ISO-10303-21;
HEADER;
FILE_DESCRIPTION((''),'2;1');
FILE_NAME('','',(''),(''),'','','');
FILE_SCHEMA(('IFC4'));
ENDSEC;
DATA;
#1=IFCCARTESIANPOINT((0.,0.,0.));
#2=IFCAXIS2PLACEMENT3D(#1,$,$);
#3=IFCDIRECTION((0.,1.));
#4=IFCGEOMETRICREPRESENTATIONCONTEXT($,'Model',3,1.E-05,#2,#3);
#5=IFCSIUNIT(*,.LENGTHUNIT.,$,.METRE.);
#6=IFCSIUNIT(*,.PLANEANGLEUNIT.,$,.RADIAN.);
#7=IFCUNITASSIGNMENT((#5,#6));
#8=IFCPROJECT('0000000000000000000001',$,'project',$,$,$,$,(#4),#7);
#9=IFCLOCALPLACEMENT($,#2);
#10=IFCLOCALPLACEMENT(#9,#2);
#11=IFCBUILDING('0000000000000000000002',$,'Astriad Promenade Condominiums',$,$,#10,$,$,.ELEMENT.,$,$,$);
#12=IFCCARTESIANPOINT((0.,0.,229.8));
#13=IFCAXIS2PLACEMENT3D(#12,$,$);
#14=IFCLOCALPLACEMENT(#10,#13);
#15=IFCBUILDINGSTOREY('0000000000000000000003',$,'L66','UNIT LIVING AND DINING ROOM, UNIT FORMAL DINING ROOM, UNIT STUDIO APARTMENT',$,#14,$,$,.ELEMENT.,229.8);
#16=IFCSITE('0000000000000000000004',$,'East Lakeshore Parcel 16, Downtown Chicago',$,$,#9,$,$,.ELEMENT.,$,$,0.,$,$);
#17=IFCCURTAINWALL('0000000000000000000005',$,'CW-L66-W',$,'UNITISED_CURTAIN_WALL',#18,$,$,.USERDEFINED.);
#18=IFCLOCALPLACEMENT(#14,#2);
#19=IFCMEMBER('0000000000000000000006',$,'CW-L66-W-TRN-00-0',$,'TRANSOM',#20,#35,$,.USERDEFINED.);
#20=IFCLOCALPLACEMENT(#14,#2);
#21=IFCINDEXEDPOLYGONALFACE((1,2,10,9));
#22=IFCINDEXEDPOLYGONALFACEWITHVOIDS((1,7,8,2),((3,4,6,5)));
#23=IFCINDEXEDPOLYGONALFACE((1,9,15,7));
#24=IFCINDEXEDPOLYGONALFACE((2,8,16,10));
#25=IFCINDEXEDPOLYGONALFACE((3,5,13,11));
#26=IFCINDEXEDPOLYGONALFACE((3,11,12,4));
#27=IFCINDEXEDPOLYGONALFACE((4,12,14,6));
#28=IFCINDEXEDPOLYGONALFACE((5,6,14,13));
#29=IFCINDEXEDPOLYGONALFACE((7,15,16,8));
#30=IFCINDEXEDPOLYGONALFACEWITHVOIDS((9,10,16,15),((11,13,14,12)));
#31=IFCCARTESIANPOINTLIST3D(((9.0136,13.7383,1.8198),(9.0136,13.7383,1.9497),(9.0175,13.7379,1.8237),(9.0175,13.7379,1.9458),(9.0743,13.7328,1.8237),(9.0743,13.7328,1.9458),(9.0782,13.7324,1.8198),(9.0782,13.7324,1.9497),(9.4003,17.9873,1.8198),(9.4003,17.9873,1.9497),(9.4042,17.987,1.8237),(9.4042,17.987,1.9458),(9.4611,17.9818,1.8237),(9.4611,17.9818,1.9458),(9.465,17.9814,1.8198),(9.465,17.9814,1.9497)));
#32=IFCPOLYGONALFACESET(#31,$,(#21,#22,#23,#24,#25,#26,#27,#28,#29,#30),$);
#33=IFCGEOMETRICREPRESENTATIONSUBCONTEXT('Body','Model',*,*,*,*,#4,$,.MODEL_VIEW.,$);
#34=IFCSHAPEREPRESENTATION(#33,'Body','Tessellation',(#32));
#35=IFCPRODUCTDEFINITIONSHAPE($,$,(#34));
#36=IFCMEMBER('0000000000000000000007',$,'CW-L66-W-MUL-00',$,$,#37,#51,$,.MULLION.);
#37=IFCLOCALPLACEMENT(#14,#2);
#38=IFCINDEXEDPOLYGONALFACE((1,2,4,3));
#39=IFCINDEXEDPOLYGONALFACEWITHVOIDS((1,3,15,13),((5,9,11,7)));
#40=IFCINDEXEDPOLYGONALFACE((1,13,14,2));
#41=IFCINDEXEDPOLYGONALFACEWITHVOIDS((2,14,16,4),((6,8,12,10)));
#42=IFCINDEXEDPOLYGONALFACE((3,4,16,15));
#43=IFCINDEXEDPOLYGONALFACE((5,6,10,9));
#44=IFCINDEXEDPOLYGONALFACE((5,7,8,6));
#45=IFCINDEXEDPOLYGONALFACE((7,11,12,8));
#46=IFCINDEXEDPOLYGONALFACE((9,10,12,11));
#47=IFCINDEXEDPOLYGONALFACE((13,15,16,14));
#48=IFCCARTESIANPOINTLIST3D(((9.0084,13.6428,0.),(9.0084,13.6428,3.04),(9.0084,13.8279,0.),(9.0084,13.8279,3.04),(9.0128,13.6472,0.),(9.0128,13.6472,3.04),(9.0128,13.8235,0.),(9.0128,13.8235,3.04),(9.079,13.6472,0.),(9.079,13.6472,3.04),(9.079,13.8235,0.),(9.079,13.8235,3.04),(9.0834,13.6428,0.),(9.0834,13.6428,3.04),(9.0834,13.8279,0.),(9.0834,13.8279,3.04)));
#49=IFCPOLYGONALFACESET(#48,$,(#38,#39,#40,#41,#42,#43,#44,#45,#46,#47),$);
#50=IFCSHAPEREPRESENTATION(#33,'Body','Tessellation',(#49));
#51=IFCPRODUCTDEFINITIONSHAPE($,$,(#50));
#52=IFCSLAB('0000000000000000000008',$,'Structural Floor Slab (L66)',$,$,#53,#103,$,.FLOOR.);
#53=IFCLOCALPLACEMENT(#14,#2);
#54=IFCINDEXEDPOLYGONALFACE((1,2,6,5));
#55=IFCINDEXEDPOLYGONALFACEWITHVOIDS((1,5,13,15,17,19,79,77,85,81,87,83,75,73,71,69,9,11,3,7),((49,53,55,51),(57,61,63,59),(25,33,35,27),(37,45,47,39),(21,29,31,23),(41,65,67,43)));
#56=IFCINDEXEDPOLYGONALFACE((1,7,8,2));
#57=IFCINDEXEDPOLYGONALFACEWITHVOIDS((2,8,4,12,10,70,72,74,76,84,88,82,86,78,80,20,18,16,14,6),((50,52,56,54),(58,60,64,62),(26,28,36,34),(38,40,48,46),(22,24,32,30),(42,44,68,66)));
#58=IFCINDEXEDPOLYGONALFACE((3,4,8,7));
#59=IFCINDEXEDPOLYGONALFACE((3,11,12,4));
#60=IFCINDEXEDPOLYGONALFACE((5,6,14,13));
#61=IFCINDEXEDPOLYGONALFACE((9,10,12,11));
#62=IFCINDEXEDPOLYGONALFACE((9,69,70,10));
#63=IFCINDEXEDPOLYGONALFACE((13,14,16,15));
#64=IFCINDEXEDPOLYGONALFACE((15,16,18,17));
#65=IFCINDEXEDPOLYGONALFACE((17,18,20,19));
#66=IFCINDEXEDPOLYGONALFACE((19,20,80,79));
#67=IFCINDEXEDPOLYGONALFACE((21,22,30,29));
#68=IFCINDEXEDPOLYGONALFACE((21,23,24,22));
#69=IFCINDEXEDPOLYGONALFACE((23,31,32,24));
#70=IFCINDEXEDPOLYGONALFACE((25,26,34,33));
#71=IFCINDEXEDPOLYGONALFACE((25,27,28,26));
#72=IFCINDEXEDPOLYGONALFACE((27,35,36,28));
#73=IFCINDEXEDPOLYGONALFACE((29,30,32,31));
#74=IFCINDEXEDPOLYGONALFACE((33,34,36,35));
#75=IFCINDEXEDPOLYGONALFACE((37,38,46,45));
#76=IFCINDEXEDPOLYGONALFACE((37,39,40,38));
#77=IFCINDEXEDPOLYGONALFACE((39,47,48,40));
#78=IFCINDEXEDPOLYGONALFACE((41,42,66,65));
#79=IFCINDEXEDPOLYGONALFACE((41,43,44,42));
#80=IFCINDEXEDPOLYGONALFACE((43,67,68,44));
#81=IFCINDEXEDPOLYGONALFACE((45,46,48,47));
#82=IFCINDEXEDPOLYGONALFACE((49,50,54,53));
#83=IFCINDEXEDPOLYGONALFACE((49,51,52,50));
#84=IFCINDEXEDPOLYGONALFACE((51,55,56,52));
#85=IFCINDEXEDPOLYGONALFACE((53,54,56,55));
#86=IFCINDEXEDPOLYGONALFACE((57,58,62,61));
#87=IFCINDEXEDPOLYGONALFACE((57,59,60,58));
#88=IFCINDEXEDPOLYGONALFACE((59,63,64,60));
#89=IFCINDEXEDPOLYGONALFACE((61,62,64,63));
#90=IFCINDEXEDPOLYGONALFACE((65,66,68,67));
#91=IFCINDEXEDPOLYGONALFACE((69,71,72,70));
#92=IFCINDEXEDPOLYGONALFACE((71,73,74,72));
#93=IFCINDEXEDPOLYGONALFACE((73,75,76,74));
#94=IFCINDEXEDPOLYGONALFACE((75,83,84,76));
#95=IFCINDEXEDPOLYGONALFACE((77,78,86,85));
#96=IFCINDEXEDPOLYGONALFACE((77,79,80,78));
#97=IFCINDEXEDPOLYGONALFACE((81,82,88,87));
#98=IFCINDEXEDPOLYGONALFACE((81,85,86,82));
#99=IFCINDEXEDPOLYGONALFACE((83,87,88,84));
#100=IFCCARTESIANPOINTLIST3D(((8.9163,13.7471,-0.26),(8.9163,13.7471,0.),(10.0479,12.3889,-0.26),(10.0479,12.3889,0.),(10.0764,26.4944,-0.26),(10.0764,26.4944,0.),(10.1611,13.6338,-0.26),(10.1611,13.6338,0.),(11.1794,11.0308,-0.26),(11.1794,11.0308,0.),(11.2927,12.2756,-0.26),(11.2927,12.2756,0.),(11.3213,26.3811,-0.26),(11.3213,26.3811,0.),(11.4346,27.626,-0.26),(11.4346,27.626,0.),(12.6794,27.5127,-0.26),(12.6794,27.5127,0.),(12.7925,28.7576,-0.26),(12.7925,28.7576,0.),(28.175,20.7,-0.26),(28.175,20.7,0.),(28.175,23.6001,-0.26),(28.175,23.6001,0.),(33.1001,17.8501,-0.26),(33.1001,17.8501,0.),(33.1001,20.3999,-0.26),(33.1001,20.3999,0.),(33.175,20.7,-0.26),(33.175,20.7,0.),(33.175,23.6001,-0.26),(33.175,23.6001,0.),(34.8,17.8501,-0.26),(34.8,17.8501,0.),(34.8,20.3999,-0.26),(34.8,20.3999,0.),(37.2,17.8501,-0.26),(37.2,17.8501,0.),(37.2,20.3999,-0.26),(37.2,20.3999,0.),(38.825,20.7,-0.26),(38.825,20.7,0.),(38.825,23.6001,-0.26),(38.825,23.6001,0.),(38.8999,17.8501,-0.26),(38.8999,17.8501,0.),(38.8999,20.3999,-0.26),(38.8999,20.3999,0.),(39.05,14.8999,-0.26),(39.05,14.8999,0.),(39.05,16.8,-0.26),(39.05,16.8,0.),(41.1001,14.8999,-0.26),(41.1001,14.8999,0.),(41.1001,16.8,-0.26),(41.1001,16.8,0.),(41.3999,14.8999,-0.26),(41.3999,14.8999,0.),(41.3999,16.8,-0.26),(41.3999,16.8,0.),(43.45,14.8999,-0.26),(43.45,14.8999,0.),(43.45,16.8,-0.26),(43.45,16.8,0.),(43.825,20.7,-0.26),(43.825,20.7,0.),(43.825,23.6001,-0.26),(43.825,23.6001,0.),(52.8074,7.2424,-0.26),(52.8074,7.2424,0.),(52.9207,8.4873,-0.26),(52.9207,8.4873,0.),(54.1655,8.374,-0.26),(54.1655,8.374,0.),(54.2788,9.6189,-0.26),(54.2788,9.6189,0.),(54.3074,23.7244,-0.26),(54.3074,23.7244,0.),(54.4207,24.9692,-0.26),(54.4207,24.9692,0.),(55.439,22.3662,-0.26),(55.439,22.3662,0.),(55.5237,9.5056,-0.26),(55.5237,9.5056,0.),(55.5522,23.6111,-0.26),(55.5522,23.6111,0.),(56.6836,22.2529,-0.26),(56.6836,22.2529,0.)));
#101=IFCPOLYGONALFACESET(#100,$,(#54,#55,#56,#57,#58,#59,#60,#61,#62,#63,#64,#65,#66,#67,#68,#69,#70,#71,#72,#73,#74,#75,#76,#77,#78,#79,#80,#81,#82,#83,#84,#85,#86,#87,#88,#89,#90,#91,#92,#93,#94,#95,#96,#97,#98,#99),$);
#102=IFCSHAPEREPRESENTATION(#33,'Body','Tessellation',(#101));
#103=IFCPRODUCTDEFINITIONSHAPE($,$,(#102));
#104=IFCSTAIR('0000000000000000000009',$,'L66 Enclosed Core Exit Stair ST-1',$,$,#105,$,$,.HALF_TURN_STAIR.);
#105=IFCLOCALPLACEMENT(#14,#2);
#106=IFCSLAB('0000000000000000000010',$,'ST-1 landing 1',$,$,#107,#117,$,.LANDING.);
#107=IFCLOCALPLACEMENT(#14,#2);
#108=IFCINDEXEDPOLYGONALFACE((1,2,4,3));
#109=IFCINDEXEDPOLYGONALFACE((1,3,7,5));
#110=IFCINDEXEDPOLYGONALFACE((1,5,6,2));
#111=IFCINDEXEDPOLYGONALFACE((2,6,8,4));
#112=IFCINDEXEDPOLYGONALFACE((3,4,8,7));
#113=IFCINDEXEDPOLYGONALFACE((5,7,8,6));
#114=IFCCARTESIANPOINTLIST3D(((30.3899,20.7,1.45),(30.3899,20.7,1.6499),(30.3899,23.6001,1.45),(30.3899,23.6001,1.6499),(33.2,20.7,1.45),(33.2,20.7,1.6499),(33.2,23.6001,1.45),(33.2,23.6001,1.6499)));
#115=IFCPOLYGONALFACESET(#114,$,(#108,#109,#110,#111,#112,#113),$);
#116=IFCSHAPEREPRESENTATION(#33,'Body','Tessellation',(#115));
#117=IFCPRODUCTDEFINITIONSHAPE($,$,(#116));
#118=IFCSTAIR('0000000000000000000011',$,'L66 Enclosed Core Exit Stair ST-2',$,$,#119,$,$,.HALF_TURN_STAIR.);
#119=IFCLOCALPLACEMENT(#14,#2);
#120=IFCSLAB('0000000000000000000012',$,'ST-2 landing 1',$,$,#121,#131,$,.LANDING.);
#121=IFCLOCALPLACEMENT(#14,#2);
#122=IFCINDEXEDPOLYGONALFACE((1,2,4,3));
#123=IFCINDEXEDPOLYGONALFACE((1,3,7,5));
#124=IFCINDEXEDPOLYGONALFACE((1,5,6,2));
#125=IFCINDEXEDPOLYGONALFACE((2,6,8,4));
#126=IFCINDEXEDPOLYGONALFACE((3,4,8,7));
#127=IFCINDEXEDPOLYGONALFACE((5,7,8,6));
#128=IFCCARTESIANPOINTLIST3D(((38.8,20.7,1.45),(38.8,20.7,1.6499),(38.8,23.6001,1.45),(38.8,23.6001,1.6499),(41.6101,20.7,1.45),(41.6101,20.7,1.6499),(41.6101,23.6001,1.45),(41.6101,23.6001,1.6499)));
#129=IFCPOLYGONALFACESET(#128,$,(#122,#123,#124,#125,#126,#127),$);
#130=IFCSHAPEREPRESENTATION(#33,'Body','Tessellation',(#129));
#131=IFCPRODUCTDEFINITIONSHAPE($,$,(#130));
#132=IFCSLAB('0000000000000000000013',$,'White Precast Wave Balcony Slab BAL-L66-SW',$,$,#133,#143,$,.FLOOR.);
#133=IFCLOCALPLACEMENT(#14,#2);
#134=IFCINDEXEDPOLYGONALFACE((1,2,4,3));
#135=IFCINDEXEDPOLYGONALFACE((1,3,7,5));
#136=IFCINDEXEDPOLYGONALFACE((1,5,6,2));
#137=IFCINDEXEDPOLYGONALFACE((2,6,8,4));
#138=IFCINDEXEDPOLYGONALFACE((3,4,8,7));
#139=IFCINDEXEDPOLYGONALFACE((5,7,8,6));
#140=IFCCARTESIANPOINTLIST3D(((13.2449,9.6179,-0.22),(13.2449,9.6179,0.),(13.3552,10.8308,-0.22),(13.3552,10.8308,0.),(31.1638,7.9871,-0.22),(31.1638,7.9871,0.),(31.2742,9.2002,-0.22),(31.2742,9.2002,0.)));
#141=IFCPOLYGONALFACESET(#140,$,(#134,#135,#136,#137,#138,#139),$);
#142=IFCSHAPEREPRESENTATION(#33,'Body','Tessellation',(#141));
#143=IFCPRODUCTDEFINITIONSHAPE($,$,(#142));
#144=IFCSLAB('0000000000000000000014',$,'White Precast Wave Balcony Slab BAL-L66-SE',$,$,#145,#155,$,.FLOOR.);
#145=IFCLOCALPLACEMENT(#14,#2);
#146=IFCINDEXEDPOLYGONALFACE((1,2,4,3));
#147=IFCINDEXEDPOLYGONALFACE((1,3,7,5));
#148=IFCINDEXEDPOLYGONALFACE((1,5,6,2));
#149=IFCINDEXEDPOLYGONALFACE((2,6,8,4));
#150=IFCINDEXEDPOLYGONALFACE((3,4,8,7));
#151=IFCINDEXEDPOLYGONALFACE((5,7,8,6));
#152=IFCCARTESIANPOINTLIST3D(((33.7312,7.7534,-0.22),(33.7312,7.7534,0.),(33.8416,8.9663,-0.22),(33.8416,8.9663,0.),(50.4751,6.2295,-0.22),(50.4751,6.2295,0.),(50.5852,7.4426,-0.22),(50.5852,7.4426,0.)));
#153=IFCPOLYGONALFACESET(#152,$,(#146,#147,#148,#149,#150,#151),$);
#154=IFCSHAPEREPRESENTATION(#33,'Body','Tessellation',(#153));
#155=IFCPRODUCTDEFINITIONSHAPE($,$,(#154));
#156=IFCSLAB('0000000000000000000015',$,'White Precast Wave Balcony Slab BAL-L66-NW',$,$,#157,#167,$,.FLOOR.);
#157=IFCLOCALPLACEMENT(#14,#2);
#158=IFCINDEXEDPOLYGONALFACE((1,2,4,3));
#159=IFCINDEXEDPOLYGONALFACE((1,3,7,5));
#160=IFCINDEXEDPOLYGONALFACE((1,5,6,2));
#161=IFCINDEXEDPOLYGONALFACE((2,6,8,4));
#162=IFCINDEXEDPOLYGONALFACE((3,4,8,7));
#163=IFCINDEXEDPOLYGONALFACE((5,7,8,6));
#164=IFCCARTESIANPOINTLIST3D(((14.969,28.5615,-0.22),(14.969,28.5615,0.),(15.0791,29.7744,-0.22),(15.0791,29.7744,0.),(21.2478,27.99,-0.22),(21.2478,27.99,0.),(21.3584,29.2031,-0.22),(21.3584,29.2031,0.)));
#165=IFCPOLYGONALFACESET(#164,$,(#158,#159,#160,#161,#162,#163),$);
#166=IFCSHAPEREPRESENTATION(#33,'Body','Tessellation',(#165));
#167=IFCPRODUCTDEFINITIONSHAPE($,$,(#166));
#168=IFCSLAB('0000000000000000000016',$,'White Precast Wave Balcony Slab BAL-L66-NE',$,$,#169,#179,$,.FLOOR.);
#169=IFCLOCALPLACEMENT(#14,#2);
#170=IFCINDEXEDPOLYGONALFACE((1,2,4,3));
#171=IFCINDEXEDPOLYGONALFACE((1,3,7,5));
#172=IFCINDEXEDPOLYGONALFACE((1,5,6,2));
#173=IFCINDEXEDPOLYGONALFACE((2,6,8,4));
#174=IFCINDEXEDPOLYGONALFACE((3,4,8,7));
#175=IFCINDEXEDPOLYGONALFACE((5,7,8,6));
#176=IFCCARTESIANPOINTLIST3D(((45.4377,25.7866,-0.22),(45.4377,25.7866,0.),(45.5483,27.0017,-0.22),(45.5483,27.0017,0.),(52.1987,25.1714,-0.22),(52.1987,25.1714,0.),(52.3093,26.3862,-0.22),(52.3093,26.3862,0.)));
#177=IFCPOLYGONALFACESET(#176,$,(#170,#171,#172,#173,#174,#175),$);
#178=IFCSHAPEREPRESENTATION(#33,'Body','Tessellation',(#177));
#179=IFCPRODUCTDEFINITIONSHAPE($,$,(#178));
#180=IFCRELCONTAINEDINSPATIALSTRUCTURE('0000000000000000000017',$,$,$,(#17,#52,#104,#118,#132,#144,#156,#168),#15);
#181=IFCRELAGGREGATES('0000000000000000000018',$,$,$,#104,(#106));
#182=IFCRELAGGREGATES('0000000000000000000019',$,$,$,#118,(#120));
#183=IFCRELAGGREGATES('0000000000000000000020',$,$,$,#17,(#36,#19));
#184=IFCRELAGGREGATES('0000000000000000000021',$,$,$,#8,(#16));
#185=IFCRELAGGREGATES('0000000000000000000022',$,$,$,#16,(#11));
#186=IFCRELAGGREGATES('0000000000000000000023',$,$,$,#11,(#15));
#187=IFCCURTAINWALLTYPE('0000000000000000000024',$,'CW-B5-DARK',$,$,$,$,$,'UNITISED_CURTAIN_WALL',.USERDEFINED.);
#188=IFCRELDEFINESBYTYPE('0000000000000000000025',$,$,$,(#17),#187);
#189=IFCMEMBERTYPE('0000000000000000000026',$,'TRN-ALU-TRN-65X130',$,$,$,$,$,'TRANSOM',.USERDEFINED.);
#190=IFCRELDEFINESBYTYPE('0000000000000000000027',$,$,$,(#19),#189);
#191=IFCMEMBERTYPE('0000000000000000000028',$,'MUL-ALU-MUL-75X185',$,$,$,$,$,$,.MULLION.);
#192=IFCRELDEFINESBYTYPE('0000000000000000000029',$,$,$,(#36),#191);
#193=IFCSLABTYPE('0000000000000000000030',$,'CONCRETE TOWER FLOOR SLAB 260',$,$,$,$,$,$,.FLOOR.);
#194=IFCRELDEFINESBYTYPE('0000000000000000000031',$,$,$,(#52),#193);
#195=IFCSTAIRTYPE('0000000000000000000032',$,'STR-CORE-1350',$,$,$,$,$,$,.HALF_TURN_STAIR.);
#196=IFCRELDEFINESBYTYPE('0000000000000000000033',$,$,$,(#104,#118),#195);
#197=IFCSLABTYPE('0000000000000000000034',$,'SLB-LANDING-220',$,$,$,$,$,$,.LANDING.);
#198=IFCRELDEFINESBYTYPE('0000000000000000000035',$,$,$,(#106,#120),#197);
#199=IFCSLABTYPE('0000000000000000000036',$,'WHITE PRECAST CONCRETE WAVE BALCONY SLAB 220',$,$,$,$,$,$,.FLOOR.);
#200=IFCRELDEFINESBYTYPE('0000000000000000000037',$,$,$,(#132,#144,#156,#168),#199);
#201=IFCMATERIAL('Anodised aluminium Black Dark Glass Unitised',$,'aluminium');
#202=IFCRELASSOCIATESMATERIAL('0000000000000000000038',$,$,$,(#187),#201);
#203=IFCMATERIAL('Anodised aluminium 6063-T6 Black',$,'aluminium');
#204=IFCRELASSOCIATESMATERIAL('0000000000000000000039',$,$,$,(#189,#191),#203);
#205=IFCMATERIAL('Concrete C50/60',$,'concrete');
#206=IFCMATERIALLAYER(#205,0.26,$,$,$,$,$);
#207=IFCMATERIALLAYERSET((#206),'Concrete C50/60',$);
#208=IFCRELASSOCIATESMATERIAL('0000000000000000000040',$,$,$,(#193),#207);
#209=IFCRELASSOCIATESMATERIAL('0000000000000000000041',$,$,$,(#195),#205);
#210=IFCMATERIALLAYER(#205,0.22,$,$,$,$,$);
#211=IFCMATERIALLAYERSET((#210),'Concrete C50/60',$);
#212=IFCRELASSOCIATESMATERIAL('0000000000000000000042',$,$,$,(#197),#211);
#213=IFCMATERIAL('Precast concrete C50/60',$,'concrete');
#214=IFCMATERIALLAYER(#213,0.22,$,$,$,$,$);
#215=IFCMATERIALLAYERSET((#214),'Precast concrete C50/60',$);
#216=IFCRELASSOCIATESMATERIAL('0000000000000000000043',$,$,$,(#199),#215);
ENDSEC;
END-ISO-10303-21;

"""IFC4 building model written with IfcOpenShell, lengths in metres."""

from ifc_helpers import new_model, si_unit, direction, frame, origin, origin_2d, place, context, subcontext, project, spatial, polyline, hollow_rectangle, outline, extrude, source, transform, mapped, material, layer, layer_set, material_profile, profile_set, type_object, type_shapes, element, aggregate, save


model = new_model("IFC4")

# Units and contexts
model_context = context("Model", 3, precision=1e-05, world=origin(), true_north=direction((0.0, 1.0)))
body_context = subcontext(model_context, "Body", "Model", "MODEL_VIEW")
ifc_project = project(units=[si_unit("LENGTHUNIT", "METRE"), si_unit("PLANEANGLEUNIT", "RADIAN")], contexts=[model_context])

# Site, building, storey
site_placement = place(None, origin())
site = spatial("IfcSite", under=ifc_project, at=site_placement, Name="East Lakeshore Parcel 16, Downtown Chicago", CompositionType="ELEMENT", RefElevation=0.0)
building_placement = place(site_placement, origin())
building = spatial("IfcBuilding", under=site, at=building_placement, Name="Astriad Promenade Condominiums", CompositionType="ELEMENT")
storey_placement = place(building_placement, frame((0.0, 0.0, 229.8)))
storey = spatial("IfcBuildingStorey", under=building, at=storey_placement, Name="L66", Description="UNIT LIVING AND DINING ROOM, UNIT FORMAL DINING ROOM, UNIT STUDIO APARTMENT", CompositionType="ELEMENT", Elevation=229.8)

# Curtain wall, members
ifc_material_1 = material(Name="Anodised aluminium Black Dark Glass Unitised", Category="aluminium")
curtain_wall_type = type_object("IfcCurtainWallType", Name="CW-B5-DARK", ElementType="UNITISED_CURTAIN_WALL", PredefinedType="USERDEFINED", material=ifc_material_1)
curtain_wall_placement = place(storey_placement, origin())
curtain_wall = element("IfcCurtainWall", 1, at=curtain_wall_placement, inside=storey, type_object=curtain_wall_type, Name="CW-L66-W", ObjectType="UNITISED_CURTAIN_WALL", PredefinedType="USERDEFINED")
ifc_material_2 = material(Name="Anodised aluminium 6063-T6 Black", Category="aluminium")
ifc_material_profile_1 = material_profile(ifc_material_2, hollow_rectangle(XDim=0.0649, YDim=0.1299, WallThickness=0.0039, at=origin_2d()), Name="ALU-TRN-65X130")
ifc_profile_set_1 = profile_set([ifc_material_profile_1], Name="Anodised aluminium 6063-T6 Black")
member_type_1 = type_object("IfcMemberType", Name="TRN-ALU-TRN-65X130", ElementType="TRANSOM", PredefinedType="USERDEFINED", material=ifc_profile_set_1)
shared_shape_1 = source(origin(), body_context, "Body", "SweptSolid", [
    extrude(hollow_rectangle(XDim=0.0649, YDim=0.1299, WallThickness=0.0039, at=origin_2d()), origin(), (0.0, 0.0, 1.0), 4.2666),
])
type_shapes(member_type_1, [shared_shape_1])
member_1_placement = place(storey_placement, frame((9.0459, 13.7354, 1.8848), z_axis=(0.090639, 0.995884, 0.0), x_axis=(-0.995884, 0.090639, 0.0)))
member_1 = element("IfcMember", 2, at=member_1_placement, type_object=member_type_1, Name="CW-L66-W-TRN-00-0", ObjectType="TRANSOM", PredefinedType="USERDEFINED", context=body_context, shape_type="MappedRepresentation", body=[
    mapped(shared_shape_1, transform((0.0, 0.0, 0.0), scale=1.0)),
])
ifc_material_profile_2 = material_profile(ifc_material_2, hollow_rectangle(XDim=0.075, YDim=0.1851, WallThickness=0.0044, at=origin_2d()), Name="ALU-MUL-75X185")
ifc_profile_set_2 = profile_set([ifc_material_profile_2], Name="Anodised aluminium 6063-T6 Black")
member_type_2 = type_object("IfcMemberType", Name="MUL-ALU-MUL-75X185", PredefinedType="MULLION", material=ifc_profile_set_2)
shared_shape_2 = source(origin(), body_context, "Body", "SweptSolid", [
    extrude(hollow_rectangle(XDim=0.075, YDim=0.1851, WallThickness=0.0044, at=origin_2d()), origin(), (0.0, 0.0, 1.0), 3.04),
])
type_shapes(member_type_2, [shared_shape_2])
member_2_placement = place(storey_placement, frame((9.0459, 13.7354, 0.0), z_axis=(0.0, 0.0, 1.0), x_axis=(1.0, 0.0, 0.0)))
member_2 = element("IfcMember", 3, at=member_2_placement, type_object=member_type_2, Name="CW-L66-W-MUL-00", PredefinedType="MULLION", context=body_context, shape_type="MappedRepresentation", body=[
    mapped(shared_shape_2, transform((0.0, 0.0, 0.0), scale=1.0)),
])

# Slab
ifc_material_3 = material(Name="Concrete C50/60", Category="concrete")
ifc_layer_1 = layer(ifc_material_3, 0.26)
ifc_layer_set_1 = layer_set([ifc_layer_1], Name="Concrete C50/60")
slab_type_1 = type_object("IfcSlabType", Name="CONCRETE TOWER FLOOR SLAB 260", PredefinedType="FLOOR", material=ifc_layer_set_1)
slab_1_placement = place(storey_placement, frame((0.0, 0.0, -0.26)))
element("IfcSlab", 4, at=slab_1_placement, inside=storey, type_object=slab_type_1, Name="Structural Floor Slab (L66)", PredefinedType="FLOOR", context=body_context, shape_type="SweptSolid", body=[
    extrude(outline(polyline([(11.1794, 11.0308), (52.8074, 7.2424), (52.9207, 8.4873), (54.1655, 8.374), (54.2788, 9.6189), (55.5237, 9.5056), (56.6836, 22.2529), (55.439, 22.3662), (55.5522, 23.6111), (54.3074, 23.7244), (54.4207, 24.9692), (12.7925, 28.7576), (12.6794, 27.5127), (11.4346, 27.626), (11.3213, 26.3811), (10.0764, 26.4944), (8.9163, 13.7471), (10.1611, 13.6338), (10.0479, 12.3889), (11.2927, 12.2756), (11.1794, 11.0308)]), holes=[polyline([(28.175, 20.7), (33.175, 20.7), (33.175, 23.6001), (28.175, 23.6001), (28.175, 20.7)]), polyline([(38.825, 20.7), (43.825, 20.7), (43.825, 23.6001), (38.825, 23.6001), (38.825, 20.7)]), polyline([(33.1001, 17.8501), (34.8, 17.8501), (34.8, 20.3999), (33.1001, 20.3999), (33.1001, 17.8501)]), polyline([(37.2, 17.8501), (38.8999, 17.8501), (38.8999, 20.3999), (37.2, 20.3999), (37.2, 17.8501)]), polyline([(39.05, 14.8999), (41.1001, 14.8999), (41.1001, 16.8), (39.05, 16.8), (39.05, 14.8999)]), polyline([(41.3999, 14.8999), (43.45, 14.8999), (43.45, 16.8), (41.3999, 16.8), (41.3999, 14.8999)])]), origin(), (0.0, 0.0, 1.0), 0.26),
])

# Stairs, slabs
stair_type = type_object("IfcStairType", Name="STR-CORE-1350", PredefinedType="HALF_TURN_STAIR", material=ifc_material_3)
stair_1_placement = place(storey_placement, origin())
stair_1 = element("IfcStair", 5, at=stair_1_placement, inside=storey, type_object=stair_type, Name="L66 Enclosed Core Exit Stair ST-1", PredefinedType="HALF_TURN_STAIR")
ifc_layer_2 = layer(ifc_material_3, 0.22)
ifc_layer_set_2 = layer_set([ifc_layer_2], Name="Concrete C50/60")
slab_type_2 = type_object("IfcSlabType", Name="SLB-LANDING-220", PredefinedType="LANDING", material=ifc_layer_set_2)
slab_2_placement = place(storey_placement, frame((0.0, 0.0, 1.45)))
slab_2 = element("IfcSlab", 6, at=slab_2_placement, type_object=slab_type_2, Name="ST-1 landing 1", PredefinedType="LANDING", context=body_context, shape_type="SweptSolid", body=[
    extrude(outline(polyline([(30.3899, 20.7), (33.2, 20.7), (33.2, 23.6001), (30.3899, 23.6001), (30.3899, 20.7)])), origin(), (0.0, 0.0, 1.0), 0.2),
])
aggregate(stair_1, [slab_2])
stair_2_placement = place(storey_placement, origin())
stair_2 = element("IfcStair", 7, at=stair_2_placement, inside=storey, type_object=stair_type, Name="L66 Enclosed Core Exit Stair ST-2", PredefinedType="HALF_TURN_STAIR")
slab_3_placement = place(storey_placement, frame((0.0, 0.0, 1.45)))
slab_3 = element("IfcSlab", 8, at=slab_3_placement, type_object=slab_type_2, Name="ST-2 landing 1", PredefinedType="LANDING", context=body_context, shape_type="SweptSolid", body=[
    extrude(outline(polyline([(41.6101, 23.6001), (38.8, 23.6001), (38.8, 20.7), (41.6101, 20.7), (41.6101, 23.6001)])), origin(), (0.0, 0.0, 1.0), 0.2),
])
aggregate(stair_2, [slab_3])

# Slabs
ifc_material_4 = material(Name="Precast concrete C50/60", Category="concrete")
ifc_layer_3 = layer(ifc_material_4, 0.22)
ifc_layer_set_3 = layer_set([ifc_layer_3], Name="Precast concrete C50/60")
slab_type_3 = type_object("IfcSlabType", Name="WHITE PRECAST CONCRETE WAVE BALCONY SLAB 220", PredefinedType="FLOOR", material=ifc_layer_set_3)
slab_4_placement = place(storey_placement, frame((0.0, 0.0, -0.22)))
element("IfcSlab", 9, at=slab_4_placement, inside=storey, type_object=slab_type_3, Name="White Precast Wave Balcony Slab BAL-L66-SW", PredefinedType="FLOOR", context=body_context, shape_type="SweptSolid", body=[
    extrude(outline(polyline([(31.1638, 7.9871), (13.2449, 9.6179), (13.3552, 10.8308), (31.2742, 9.2002), (31.1638, 7.9871)])), origin(), (0.0, 0.0, 1.0), 0.22),
])
slab_5_placement = place(storey_placement, frame((0.0, 0.0, -0.22)))
element("IfcSlab", 10, at=slab_5_placement, inside=storey, type_object=slab_type_3, Name="White Precast Wave Balcony Slab BAL-L66-SE", PredefinedType="FLOOR", context=body_context, shape_type="SweptSolid", body=[
    extrude(outline(polyline([(50.4751, 6.2295), (33.7312, 7.7534), (33.8416, 8.9663), (50.5852, 7.4426), (50.4751, 6.2295)])), origin(), (0.0, 0.0, 1.0), 0.22),
])
slab_6_placement = place(storey_placement, frame((0.0, 0.0, -0.22)))
element("IfcSlab", 11, at=slab_6_placement, inside=storey, type_object=slab_type_3, Name="White Precast Wave Balcony Slab BAL-L66-NW", PredefinedType="FLOOR", context=body_context, shape_type="SweptSolid", body=[
    extrude(outline(polyline([(15.0791, 29.7744), (21.3584, 29.2031), (21.2478, 27.99), (14.969, 28.5615), (15.0791, 29.7744)])), origin(), (0.0, 0.0, 1.0), 0.22),
])
slab_7_placement = place(storey_placement, frame((0.0, 0.0, -0.22)))
element("IfcSlab", 12, at=slab_7_placement, inside=storey, type_object=slab_type_3, Name="White Precast Wave Balcony Slab BAL-L66-NE", PredefinedType="FLOOR", context=body_context, shape_type="SweptSolid", body=[
    extrude(outline(polyline([(45.4377, 25.7866), (52.1987, 25.1714), (52.3093, 26.3862), (45.5483, 27.0017), (45.4377, 25.7866)])), origin(), (0.0, 0.0, 1.0), 0.22),
])

aggregate(curtain_wall, [member_2, member_1])

save(model, "model.ifc")
